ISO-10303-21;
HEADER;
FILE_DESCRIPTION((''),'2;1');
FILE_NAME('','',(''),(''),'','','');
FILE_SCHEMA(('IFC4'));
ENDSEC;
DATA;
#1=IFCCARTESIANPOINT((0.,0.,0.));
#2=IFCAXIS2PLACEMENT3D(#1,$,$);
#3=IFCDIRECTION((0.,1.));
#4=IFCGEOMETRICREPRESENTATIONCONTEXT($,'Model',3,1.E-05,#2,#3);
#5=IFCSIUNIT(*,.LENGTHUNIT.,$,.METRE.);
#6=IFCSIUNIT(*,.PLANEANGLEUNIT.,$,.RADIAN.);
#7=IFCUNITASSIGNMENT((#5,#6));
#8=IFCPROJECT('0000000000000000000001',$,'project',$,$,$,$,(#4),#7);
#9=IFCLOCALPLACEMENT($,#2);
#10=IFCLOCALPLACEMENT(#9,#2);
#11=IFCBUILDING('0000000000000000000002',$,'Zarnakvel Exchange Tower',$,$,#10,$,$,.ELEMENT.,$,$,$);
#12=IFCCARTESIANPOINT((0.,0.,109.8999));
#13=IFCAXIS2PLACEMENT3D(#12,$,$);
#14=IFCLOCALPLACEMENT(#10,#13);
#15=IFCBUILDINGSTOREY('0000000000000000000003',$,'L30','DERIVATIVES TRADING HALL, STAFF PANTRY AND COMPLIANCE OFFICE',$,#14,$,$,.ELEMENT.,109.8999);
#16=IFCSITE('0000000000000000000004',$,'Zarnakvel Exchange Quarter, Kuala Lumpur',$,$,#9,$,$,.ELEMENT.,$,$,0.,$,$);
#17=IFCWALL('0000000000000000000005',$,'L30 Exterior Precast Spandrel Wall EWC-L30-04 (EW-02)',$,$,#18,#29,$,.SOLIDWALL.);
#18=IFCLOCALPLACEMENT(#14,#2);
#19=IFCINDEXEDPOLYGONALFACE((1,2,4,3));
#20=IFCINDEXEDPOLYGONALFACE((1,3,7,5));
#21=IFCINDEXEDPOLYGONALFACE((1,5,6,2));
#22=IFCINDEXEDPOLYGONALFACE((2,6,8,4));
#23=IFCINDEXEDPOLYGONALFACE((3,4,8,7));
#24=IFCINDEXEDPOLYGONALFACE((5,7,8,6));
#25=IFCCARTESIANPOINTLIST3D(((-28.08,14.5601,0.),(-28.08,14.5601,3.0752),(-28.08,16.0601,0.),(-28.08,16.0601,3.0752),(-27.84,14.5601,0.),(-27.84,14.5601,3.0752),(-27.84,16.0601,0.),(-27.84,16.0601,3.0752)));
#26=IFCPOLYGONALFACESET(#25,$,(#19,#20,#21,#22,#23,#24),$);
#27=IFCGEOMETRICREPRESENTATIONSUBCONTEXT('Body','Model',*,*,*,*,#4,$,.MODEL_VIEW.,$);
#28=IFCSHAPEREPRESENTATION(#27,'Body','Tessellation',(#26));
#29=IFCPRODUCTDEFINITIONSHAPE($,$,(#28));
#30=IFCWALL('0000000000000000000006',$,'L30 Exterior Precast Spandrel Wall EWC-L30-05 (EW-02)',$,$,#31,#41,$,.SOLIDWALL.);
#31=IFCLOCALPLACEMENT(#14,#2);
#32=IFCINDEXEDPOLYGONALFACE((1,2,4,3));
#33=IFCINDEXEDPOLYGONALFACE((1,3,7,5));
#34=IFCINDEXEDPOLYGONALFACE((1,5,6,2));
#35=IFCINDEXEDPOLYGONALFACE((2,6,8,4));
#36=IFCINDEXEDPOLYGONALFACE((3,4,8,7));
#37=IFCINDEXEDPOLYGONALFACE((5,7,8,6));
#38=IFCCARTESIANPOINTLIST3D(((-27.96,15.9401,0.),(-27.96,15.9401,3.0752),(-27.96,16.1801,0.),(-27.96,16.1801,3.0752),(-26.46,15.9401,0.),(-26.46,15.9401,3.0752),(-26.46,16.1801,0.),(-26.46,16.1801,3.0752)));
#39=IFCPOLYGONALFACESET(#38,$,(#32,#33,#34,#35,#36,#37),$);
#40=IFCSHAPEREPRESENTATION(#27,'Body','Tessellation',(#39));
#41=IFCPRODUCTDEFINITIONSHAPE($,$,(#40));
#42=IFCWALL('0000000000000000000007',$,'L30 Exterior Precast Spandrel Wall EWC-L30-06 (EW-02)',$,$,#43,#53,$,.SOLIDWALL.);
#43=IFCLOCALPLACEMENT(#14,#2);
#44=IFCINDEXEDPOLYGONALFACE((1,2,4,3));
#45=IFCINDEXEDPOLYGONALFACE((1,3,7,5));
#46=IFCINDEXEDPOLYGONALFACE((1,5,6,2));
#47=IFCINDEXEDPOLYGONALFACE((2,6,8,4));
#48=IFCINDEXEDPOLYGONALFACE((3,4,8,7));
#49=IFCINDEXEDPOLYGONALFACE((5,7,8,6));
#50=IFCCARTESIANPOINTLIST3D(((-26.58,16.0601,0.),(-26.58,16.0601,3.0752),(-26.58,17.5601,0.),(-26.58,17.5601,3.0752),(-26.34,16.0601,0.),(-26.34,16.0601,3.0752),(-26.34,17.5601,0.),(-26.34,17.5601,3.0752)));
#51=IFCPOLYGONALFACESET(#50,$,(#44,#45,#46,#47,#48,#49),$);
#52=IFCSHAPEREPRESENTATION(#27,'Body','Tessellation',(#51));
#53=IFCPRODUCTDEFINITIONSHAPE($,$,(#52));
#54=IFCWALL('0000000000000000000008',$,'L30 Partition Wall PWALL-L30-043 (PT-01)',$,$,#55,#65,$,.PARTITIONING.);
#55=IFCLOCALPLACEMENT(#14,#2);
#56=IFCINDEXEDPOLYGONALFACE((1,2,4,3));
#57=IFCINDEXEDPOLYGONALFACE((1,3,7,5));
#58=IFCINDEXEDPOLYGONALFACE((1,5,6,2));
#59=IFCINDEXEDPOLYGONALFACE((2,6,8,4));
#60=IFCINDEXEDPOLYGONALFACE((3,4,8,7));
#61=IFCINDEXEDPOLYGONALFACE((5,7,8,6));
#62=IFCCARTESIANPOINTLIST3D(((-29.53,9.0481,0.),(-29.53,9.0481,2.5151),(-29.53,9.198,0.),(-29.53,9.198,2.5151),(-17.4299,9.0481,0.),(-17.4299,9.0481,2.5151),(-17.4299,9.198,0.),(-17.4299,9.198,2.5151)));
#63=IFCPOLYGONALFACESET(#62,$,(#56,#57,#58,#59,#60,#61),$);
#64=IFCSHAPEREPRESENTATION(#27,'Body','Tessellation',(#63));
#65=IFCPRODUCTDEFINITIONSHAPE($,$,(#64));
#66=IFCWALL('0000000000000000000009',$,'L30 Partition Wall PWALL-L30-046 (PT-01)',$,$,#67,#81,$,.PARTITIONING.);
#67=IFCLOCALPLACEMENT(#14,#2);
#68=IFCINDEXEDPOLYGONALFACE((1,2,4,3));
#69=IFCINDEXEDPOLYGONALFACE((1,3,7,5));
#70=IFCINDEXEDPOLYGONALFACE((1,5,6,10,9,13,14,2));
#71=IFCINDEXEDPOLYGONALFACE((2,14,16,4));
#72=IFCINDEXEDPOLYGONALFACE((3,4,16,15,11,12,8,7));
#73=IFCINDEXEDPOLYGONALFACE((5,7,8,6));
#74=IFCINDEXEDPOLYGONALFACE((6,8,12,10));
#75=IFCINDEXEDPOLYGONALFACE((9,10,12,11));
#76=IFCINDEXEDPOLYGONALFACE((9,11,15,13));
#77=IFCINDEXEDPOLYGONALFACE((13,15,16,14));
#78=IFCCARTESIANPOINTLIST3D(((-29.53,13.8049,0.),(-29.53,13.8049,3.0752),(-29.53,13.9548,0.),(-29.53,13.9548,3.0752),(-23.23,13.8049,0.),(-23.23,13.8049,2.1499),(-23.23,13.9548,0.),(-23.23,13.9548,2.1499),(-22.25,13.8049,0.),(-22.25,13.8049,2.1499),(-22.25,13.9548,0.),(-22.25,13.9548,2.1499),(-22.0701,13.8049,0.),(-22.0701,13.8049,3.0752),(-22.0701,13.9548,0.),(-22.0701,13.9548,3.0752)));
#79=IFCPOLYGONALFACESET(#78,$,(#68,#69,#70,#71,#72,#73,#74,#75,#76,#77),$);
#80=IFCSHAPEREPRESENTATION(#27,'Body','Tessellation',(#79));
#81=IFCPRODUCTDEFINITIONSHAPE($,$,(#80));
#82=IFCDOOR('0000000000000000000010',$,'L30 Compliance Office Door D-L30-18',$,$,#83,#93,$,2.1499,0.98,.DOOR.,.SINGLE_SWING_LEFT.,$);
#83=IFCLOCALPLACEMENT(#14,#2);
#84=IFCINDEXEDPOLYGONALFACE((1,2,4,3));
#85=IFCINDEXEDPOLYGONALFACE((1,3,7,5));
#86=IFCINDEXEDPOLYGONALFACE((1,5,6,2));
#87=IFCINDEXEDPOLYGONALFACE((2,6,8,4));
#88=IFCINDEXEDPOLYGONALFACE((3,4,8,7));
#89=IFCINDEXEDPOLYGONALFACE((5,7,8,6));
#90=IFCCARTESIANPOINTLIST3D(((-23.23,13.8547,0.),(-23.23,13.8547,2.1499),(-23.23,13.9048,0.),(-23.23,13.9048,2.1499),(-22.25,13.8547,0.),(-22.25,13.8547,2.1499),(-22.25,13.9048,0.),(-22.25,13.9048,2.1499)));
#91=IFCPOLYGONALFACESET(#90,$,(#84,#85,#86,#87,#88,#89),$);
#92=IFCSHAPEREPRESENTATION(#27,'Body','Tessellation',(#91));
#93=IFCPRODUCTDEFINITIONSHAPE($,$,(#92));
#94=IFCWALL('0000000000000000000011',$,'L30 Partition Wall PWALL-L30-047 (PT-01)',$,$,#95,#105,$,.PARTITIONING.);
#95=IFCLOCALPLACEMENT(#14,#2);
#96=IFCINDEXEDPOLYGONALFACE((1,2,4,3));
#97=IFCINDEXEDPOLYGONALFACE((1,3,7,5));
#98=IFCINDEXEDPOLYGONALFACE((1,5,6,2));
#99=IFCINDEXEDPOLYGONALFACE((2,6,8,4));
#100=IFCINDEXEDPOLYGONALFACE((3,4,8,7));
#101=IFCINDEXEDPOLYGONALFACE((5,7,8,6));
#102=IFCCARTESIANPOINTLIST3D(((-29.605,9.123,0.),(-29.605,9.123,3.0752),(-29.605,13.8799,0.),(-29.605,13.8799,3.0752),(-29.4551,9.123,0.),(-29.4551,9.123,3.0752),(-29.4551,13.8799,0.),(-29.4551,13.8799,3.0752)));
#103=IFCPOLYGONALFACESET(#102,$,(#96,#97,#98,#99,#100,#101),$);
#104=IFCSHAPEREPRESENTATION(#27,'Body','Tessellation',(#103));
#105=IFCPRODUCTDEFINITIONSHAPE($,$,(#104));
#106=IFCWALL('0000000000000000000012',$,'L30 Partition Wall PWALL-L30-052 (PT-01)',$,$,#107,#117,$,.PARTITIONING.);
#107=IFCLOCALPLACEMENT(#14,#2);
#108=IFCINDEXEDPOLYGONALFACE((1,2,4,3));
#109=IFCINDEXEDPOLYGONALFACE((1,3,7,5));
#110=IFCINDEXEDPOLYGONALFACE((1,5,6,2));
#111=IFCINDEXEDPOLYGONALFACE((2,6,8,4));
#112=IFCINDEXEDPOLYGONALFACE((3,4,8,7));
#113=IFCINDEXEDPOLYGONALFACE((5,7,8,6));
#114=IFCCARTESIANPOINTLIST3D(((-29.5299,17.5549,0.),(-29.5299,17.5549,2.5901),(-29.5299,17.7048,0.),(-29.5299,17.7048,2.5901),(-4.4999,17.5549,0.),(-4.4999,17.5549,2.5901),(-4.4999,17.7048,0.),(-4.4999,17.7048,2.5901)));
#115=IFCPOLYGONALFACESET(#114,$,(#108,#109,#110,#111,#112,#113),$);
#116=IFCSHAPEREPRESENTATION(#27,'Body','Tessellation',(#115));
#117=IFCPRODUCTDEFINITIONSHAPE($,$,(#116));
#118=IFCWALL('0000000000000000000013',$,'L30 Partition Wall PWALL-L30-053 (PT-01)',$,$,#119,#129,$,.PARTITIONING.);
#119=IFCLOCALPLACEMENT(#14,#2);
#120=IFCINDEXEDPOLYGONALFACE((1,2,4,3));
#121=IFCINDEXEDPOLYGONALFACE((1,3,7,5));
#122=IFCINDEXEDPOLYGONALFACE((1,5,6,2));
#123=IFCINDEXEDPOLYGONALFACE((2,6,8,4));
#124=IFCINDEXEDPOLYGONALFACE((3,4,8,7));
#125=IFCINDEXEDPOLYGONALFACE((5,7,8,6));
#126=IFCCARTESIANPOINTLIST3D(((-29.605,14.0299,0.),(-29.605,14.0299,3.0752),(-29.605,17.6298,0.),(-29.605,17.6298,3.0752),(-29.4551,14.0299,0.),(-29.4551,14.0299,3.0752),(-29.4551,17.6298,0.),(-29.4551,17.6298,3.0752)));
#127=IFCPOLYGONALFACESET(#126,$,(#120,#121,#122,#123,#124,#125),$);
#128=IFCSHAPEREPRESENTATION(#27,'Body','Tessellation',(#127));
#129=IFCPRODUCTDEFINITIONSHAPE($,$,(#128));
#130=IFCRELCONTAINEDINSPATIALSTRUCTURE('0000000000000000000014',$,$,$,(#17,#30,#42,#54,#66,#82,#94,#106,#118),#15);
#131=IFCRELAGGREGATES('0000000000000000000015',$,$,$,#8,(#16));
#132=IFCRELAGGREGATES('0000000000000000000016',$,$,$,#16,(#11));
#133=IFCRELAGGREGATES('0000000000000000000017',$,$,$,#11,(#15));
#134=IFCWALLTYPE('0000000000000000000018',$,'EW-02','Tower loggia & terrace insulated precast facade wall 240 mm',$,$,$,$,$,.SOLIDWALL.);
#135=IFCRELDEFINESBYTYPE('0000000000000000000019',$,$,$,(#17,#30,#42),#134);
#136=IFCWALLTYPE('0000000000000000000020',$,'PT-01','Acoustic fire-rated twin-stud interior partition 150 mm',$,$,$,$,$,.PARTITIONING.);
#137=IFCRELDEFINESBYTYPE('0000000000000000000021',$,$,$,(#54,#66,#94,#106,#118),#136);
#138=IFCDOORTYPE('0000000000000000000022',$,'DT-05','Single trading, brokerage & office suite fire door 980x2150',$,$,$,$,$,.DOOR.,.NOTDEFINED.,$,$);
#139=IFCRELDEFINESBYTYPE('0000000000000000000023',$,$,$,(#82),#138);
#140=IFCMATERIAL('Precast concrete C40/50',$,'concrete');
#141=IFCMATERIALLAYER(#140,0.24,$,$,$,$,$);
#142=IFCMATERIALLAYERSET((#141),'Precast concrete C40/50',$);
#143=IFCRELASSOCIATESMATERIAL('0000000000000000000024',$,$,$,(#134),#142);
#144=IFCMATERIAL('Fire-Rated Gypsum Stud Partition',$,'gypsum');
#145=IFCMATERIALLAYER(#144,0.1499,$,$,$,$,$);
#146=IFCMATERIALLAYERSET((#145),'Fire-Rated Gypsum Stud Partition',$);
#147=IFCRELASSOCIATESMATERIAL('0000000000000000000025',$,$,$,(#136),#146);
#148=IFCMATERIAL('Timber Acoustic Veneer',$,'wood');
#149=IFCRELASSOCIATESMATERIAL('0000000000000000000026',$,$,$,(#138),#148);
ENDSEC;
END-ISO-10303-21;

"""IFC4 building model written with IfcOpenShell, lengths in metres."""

from ifc_helpers import new_model, si_unit, direction, frame, frame_2d, origin, place, context, subcontext, project, spatial, rectangle, extrude, source, transform, mapped, material, layer, layer_set, type_object, element, fill, save


model = new_model("IFC4")

# Units and contexts
model_context = context("Model", 3, precision=1e-05, world=origin(), true_north=direction((0.0, 1.0)))
body_context = subcontext(model_context, "Body", "Model", "MODEL_VIEW")
ifc_project = project(units=[si_unit("LENGTHUNIT", "METRE"), si_unit("PLANEANGLEUNIT", "RADIAN")], contexts=[model_context])

# Site, building, storey
site_placement = place(None, origin())
site = spatial("IfcSite", under=ifc_project, at=site_placement, Name="Zarnakvel Exchange Quarter, Kuala Lumpur", CompositionType="ELEMENT", RefElevation=0.0)
building_placement = place(site_placement, origin())
building = spatial("IfcBuilding", under=site, at=building_placement, Name="Zarnakvel Exchange Tower", CompositionType="ELEMENT")
storey_placement = place(building_placement, frame((0.0, 0.0, 109.8999)))
storey = spatial("IfcBuildingStorey", under=building, at=storey_placement, Name="L30", Description="DERIVATIVES TRADING HALL, STAFF PANTRY AND COMPLIANCE OFFICE", CompositionType="ELEMENT", Elevation=109.8999)

# Walls
ifc_material_1 = material(Name="Precast concrete C40/50", Category="concrete")
ifc_layer_1 = layer(ifc_material_1, 0.24)
ifc_layer_set_1 = layer_set([ifc_layer_1], Name="Precast concrete C40/50")
wall_type_1 = type_object("IfcWallType", Name="EW-02", Description="Tower loggia & terrace insulated precast facade wall 240 mm", PredefinedType="SOLIDWALL", material=ifc_layer_set_1)
for number, where, z_axis, x_axis, name in (
    (1, (-27.96, 16.0601, 0.0), (0.0, 0.0, 1.0), (0.0, -1.0, 0.0), "L30 Exterior Precast Spandrel Wall EWC-L30-04 (EW-02)"),
    (2, (-26.46, 16.0601, 0.0), (0.0, 0.0, 1.0), (-1.0, 0.0, 0.0), "L30 Exterior Precast Spandrel Wall EWC-L30-05 (EW-02)"),
    (3, (-26.46, 17.5601, 0.0), (0.0, 0.0, 1.0), (0.0, -1.0, 0.0), "L30 Exterior Precast Spandrel Wall EWC-L30-06 (EW-02)"),
):
    element("IfcWall", number, at=place(storey_placement, frame(where, z_axis=z_axis, x_axis=x_axis)), inside=storey, type_object=wall_type_1, Name=name, PredefinedType="SOLIDWALL", context=body_context, shape_type="SweptSolid", body=[
        extrude(rectangle(XDim=1.5, YDim=0.24, at=frame_2d((0.75, 0.0))), origin(), (0.0, 0.0, 1.0), 3.0752),
    ])
ifc_material_2 = material(Name="Fire-Rated Gypsum Stud Partition", Category="gypsum")
ifc_layer_2 = layer(ifc_material_2, 0.1499)
ifc_layer_set_2 = layer_set([ifc_layer_2], Name="Fire-Rated Gypsum Stud Partition")
wall_type_2 = type_object("IfcWallType", Name="PT-01", Description="Acoustic fire-rated twin-stud interior partition 150 mm", PredefinedType="PARTITIONING", material=ifc_layer_set_2)
wall_1_placement = place(storey_placement, frame((-29.53, 9.123, 0.0), z_axis=(0.0, 0.0, 1.0), x_axis=(1.0, 0.0, 0.0)))
element("IfcWall", 4, at=wall_1_placement, inside=storey, type_object=wall_type_2, Name="L30 Partition Wall PWALL-L30-043 (PT-01)", PredefinedType="PARTITIONING", context=body_context, shape_type="SweptSolid", body=[
    extrude(rectangle(XDim=12.1001, YDim=0.1499, at=frame_2d((6.05, 0.0))), origin(), (0.0, 0.0, 1.0), 2.5151),
])

# Wall, opening, door
wall_2_placement = place(storey_placement, frame((-29.53, 13.8799, 0.0), z_axis=(0.0, 0.0, 1.0), x_axis=(1.0, 0.0, 0.0)))
wall_2 = element("IfcWall", 5, at=wall_2_placement, inside=storey, type_object=wall_type_2, Name="L30 Partition Wall PWALL-L30-046 (PT-01)", PredefinedType="PARTITIONING", context=body_context, shape_type="SweptSolid", body=[
    extrude(rectangle(XDim=7.46, YDim=0.1499, at=frame_2d((3.73, 0.0))), origin(), (0.0, 0.0, 1.0), 3.0752),
])
opening_placement = place(wall_2_placement, frame((6.3, 0.0, 0.0)))
opening = element("IfcOpeningElement", 6, at=opening_placement, cuts=wall_2, PredefinedType="OPENING", context=body_context, shape_type="SweptSolid", body=[
    extrude(rectangle(XDim=0.98, YDim=2.1499, at=frame_2d((0.49, 1.075))), frame((0.0, 0.085, 0.0), z_axis=(0.0, -1.0, 0.0), x_axis=(1.0, 0.0, 0.0)), (0.0, 0.0, 1.0), 0.1699),
])
ifc_material_3 = material(Name="Timber Acoustic Veneer", Category="wood")
door_type = type_object("IfcDoorType", Name="DT-05", Description="Single trading, brokerage & office suite fire door 980x2150", OperationType="NOTDEFINED", PredefinedType="DOOR", material=ifc_material_3)
shared_shape_1 = source(origin(), body_context, "Body", "SweptSolid", [
    extrude(rectangle(XDim=0.98, YDim=2.1499, at=frame_2d((0.49, 1.075))), frame((0.0, 0.0249, 0.0), z_axis=(0.0, -1.0, 0.0), x_axis=(1.0, 0.0, 0.0)), (0.0, 0.0, 1.0), 0.05),
])
door_placement = place(opening_placement, origin())
door = element("IfcDoor", 7, at=door_placement, inside=storey, type_object=door_type, Name="L30 Compliance Office Door D-L30-18", OperationType="SINGLE_SWING_LEFT", OverallHeight=2.1499, OverallWidth=0.98, PredefinedType="DOOR", context=body_context, shape_type="MappedRepresentation", body=[
    mapped(shared_shape_1, transform((0.0, 0.0, 0.0), x_axis=(1.0, 0.0, 0.0), y_axis=(0.0, 1.0, 0.0), z_axis=(0.0, 0.0, 1.0), scale=1.0)),
])
fill(opening, door)

# Walls
wall_3_placement = place(storey_placement, frame((-29.53, 9.123, 0.0), z_axis=(0.0, 0.0, 1.0), x_axis=(0.0, 1.0, 0.0)))
element("IfcWall", 8, at=wall_3_placement, inside=storey, type_object=wall_type_2, Name="L30 Partition Wall PWALL-L30-047 (PT-01)", PredefinedType="PARTITIONING", context=body_context, shape_type="SweptSolid", body=[
    extrude(rectangle(XDim=4.7568, YDim=0.1499, at=frame_2d((2.3784, 0.0))), origin(), (0.0, 0.0, 1.0), 3.0752),
])
wall_4_placement = place(storey_placement, frame((-29.53, 17.6299, 0.0), z_axis=(0.0, 0.0, 1.0), x_axis=(1.0, 0.0, 0.0)))
element("IfcWall", 9, at=wall_4_placement, inside=storey, type_object=wall_type_2, Name="L30 Partition Wall PWALL-L30-052 (PT-01)", PredefinedType="PARTITIONING", context=body_context, shape_type="SweptSolid", body=[
    extrude(rectangle(XDim=25.03, YDim=0.1499, at=frame_2d((12.5151, 0.0))), origin(), (0.0, 0.0, 1.0), 2.5901),
])
wall_5_placement = place(storey_placement, frame((-29.53, 14.03, 0.0), z_axis=(0.0, 0.0, 1.0), x_axis=(0.0, 1.0, 0.0)))
element("IfcWall", 10, at=wall_5_placement, inside=storey, type_object=wall_type_2, Name="L30 Partition Wall PWALL-L30-053 (PT-01)", PredefinedType="PARTITIONING", context=body_context, shape_type="SweptSolid", body=[
    extrude(rectangle(XDim=3.5999, YDim=0.1499, at=frame_2d((1.7998, 0.0))), origin(), (0.0, 0.0, 1.0), 3.0752),
])

save(model, "model.ifc")
